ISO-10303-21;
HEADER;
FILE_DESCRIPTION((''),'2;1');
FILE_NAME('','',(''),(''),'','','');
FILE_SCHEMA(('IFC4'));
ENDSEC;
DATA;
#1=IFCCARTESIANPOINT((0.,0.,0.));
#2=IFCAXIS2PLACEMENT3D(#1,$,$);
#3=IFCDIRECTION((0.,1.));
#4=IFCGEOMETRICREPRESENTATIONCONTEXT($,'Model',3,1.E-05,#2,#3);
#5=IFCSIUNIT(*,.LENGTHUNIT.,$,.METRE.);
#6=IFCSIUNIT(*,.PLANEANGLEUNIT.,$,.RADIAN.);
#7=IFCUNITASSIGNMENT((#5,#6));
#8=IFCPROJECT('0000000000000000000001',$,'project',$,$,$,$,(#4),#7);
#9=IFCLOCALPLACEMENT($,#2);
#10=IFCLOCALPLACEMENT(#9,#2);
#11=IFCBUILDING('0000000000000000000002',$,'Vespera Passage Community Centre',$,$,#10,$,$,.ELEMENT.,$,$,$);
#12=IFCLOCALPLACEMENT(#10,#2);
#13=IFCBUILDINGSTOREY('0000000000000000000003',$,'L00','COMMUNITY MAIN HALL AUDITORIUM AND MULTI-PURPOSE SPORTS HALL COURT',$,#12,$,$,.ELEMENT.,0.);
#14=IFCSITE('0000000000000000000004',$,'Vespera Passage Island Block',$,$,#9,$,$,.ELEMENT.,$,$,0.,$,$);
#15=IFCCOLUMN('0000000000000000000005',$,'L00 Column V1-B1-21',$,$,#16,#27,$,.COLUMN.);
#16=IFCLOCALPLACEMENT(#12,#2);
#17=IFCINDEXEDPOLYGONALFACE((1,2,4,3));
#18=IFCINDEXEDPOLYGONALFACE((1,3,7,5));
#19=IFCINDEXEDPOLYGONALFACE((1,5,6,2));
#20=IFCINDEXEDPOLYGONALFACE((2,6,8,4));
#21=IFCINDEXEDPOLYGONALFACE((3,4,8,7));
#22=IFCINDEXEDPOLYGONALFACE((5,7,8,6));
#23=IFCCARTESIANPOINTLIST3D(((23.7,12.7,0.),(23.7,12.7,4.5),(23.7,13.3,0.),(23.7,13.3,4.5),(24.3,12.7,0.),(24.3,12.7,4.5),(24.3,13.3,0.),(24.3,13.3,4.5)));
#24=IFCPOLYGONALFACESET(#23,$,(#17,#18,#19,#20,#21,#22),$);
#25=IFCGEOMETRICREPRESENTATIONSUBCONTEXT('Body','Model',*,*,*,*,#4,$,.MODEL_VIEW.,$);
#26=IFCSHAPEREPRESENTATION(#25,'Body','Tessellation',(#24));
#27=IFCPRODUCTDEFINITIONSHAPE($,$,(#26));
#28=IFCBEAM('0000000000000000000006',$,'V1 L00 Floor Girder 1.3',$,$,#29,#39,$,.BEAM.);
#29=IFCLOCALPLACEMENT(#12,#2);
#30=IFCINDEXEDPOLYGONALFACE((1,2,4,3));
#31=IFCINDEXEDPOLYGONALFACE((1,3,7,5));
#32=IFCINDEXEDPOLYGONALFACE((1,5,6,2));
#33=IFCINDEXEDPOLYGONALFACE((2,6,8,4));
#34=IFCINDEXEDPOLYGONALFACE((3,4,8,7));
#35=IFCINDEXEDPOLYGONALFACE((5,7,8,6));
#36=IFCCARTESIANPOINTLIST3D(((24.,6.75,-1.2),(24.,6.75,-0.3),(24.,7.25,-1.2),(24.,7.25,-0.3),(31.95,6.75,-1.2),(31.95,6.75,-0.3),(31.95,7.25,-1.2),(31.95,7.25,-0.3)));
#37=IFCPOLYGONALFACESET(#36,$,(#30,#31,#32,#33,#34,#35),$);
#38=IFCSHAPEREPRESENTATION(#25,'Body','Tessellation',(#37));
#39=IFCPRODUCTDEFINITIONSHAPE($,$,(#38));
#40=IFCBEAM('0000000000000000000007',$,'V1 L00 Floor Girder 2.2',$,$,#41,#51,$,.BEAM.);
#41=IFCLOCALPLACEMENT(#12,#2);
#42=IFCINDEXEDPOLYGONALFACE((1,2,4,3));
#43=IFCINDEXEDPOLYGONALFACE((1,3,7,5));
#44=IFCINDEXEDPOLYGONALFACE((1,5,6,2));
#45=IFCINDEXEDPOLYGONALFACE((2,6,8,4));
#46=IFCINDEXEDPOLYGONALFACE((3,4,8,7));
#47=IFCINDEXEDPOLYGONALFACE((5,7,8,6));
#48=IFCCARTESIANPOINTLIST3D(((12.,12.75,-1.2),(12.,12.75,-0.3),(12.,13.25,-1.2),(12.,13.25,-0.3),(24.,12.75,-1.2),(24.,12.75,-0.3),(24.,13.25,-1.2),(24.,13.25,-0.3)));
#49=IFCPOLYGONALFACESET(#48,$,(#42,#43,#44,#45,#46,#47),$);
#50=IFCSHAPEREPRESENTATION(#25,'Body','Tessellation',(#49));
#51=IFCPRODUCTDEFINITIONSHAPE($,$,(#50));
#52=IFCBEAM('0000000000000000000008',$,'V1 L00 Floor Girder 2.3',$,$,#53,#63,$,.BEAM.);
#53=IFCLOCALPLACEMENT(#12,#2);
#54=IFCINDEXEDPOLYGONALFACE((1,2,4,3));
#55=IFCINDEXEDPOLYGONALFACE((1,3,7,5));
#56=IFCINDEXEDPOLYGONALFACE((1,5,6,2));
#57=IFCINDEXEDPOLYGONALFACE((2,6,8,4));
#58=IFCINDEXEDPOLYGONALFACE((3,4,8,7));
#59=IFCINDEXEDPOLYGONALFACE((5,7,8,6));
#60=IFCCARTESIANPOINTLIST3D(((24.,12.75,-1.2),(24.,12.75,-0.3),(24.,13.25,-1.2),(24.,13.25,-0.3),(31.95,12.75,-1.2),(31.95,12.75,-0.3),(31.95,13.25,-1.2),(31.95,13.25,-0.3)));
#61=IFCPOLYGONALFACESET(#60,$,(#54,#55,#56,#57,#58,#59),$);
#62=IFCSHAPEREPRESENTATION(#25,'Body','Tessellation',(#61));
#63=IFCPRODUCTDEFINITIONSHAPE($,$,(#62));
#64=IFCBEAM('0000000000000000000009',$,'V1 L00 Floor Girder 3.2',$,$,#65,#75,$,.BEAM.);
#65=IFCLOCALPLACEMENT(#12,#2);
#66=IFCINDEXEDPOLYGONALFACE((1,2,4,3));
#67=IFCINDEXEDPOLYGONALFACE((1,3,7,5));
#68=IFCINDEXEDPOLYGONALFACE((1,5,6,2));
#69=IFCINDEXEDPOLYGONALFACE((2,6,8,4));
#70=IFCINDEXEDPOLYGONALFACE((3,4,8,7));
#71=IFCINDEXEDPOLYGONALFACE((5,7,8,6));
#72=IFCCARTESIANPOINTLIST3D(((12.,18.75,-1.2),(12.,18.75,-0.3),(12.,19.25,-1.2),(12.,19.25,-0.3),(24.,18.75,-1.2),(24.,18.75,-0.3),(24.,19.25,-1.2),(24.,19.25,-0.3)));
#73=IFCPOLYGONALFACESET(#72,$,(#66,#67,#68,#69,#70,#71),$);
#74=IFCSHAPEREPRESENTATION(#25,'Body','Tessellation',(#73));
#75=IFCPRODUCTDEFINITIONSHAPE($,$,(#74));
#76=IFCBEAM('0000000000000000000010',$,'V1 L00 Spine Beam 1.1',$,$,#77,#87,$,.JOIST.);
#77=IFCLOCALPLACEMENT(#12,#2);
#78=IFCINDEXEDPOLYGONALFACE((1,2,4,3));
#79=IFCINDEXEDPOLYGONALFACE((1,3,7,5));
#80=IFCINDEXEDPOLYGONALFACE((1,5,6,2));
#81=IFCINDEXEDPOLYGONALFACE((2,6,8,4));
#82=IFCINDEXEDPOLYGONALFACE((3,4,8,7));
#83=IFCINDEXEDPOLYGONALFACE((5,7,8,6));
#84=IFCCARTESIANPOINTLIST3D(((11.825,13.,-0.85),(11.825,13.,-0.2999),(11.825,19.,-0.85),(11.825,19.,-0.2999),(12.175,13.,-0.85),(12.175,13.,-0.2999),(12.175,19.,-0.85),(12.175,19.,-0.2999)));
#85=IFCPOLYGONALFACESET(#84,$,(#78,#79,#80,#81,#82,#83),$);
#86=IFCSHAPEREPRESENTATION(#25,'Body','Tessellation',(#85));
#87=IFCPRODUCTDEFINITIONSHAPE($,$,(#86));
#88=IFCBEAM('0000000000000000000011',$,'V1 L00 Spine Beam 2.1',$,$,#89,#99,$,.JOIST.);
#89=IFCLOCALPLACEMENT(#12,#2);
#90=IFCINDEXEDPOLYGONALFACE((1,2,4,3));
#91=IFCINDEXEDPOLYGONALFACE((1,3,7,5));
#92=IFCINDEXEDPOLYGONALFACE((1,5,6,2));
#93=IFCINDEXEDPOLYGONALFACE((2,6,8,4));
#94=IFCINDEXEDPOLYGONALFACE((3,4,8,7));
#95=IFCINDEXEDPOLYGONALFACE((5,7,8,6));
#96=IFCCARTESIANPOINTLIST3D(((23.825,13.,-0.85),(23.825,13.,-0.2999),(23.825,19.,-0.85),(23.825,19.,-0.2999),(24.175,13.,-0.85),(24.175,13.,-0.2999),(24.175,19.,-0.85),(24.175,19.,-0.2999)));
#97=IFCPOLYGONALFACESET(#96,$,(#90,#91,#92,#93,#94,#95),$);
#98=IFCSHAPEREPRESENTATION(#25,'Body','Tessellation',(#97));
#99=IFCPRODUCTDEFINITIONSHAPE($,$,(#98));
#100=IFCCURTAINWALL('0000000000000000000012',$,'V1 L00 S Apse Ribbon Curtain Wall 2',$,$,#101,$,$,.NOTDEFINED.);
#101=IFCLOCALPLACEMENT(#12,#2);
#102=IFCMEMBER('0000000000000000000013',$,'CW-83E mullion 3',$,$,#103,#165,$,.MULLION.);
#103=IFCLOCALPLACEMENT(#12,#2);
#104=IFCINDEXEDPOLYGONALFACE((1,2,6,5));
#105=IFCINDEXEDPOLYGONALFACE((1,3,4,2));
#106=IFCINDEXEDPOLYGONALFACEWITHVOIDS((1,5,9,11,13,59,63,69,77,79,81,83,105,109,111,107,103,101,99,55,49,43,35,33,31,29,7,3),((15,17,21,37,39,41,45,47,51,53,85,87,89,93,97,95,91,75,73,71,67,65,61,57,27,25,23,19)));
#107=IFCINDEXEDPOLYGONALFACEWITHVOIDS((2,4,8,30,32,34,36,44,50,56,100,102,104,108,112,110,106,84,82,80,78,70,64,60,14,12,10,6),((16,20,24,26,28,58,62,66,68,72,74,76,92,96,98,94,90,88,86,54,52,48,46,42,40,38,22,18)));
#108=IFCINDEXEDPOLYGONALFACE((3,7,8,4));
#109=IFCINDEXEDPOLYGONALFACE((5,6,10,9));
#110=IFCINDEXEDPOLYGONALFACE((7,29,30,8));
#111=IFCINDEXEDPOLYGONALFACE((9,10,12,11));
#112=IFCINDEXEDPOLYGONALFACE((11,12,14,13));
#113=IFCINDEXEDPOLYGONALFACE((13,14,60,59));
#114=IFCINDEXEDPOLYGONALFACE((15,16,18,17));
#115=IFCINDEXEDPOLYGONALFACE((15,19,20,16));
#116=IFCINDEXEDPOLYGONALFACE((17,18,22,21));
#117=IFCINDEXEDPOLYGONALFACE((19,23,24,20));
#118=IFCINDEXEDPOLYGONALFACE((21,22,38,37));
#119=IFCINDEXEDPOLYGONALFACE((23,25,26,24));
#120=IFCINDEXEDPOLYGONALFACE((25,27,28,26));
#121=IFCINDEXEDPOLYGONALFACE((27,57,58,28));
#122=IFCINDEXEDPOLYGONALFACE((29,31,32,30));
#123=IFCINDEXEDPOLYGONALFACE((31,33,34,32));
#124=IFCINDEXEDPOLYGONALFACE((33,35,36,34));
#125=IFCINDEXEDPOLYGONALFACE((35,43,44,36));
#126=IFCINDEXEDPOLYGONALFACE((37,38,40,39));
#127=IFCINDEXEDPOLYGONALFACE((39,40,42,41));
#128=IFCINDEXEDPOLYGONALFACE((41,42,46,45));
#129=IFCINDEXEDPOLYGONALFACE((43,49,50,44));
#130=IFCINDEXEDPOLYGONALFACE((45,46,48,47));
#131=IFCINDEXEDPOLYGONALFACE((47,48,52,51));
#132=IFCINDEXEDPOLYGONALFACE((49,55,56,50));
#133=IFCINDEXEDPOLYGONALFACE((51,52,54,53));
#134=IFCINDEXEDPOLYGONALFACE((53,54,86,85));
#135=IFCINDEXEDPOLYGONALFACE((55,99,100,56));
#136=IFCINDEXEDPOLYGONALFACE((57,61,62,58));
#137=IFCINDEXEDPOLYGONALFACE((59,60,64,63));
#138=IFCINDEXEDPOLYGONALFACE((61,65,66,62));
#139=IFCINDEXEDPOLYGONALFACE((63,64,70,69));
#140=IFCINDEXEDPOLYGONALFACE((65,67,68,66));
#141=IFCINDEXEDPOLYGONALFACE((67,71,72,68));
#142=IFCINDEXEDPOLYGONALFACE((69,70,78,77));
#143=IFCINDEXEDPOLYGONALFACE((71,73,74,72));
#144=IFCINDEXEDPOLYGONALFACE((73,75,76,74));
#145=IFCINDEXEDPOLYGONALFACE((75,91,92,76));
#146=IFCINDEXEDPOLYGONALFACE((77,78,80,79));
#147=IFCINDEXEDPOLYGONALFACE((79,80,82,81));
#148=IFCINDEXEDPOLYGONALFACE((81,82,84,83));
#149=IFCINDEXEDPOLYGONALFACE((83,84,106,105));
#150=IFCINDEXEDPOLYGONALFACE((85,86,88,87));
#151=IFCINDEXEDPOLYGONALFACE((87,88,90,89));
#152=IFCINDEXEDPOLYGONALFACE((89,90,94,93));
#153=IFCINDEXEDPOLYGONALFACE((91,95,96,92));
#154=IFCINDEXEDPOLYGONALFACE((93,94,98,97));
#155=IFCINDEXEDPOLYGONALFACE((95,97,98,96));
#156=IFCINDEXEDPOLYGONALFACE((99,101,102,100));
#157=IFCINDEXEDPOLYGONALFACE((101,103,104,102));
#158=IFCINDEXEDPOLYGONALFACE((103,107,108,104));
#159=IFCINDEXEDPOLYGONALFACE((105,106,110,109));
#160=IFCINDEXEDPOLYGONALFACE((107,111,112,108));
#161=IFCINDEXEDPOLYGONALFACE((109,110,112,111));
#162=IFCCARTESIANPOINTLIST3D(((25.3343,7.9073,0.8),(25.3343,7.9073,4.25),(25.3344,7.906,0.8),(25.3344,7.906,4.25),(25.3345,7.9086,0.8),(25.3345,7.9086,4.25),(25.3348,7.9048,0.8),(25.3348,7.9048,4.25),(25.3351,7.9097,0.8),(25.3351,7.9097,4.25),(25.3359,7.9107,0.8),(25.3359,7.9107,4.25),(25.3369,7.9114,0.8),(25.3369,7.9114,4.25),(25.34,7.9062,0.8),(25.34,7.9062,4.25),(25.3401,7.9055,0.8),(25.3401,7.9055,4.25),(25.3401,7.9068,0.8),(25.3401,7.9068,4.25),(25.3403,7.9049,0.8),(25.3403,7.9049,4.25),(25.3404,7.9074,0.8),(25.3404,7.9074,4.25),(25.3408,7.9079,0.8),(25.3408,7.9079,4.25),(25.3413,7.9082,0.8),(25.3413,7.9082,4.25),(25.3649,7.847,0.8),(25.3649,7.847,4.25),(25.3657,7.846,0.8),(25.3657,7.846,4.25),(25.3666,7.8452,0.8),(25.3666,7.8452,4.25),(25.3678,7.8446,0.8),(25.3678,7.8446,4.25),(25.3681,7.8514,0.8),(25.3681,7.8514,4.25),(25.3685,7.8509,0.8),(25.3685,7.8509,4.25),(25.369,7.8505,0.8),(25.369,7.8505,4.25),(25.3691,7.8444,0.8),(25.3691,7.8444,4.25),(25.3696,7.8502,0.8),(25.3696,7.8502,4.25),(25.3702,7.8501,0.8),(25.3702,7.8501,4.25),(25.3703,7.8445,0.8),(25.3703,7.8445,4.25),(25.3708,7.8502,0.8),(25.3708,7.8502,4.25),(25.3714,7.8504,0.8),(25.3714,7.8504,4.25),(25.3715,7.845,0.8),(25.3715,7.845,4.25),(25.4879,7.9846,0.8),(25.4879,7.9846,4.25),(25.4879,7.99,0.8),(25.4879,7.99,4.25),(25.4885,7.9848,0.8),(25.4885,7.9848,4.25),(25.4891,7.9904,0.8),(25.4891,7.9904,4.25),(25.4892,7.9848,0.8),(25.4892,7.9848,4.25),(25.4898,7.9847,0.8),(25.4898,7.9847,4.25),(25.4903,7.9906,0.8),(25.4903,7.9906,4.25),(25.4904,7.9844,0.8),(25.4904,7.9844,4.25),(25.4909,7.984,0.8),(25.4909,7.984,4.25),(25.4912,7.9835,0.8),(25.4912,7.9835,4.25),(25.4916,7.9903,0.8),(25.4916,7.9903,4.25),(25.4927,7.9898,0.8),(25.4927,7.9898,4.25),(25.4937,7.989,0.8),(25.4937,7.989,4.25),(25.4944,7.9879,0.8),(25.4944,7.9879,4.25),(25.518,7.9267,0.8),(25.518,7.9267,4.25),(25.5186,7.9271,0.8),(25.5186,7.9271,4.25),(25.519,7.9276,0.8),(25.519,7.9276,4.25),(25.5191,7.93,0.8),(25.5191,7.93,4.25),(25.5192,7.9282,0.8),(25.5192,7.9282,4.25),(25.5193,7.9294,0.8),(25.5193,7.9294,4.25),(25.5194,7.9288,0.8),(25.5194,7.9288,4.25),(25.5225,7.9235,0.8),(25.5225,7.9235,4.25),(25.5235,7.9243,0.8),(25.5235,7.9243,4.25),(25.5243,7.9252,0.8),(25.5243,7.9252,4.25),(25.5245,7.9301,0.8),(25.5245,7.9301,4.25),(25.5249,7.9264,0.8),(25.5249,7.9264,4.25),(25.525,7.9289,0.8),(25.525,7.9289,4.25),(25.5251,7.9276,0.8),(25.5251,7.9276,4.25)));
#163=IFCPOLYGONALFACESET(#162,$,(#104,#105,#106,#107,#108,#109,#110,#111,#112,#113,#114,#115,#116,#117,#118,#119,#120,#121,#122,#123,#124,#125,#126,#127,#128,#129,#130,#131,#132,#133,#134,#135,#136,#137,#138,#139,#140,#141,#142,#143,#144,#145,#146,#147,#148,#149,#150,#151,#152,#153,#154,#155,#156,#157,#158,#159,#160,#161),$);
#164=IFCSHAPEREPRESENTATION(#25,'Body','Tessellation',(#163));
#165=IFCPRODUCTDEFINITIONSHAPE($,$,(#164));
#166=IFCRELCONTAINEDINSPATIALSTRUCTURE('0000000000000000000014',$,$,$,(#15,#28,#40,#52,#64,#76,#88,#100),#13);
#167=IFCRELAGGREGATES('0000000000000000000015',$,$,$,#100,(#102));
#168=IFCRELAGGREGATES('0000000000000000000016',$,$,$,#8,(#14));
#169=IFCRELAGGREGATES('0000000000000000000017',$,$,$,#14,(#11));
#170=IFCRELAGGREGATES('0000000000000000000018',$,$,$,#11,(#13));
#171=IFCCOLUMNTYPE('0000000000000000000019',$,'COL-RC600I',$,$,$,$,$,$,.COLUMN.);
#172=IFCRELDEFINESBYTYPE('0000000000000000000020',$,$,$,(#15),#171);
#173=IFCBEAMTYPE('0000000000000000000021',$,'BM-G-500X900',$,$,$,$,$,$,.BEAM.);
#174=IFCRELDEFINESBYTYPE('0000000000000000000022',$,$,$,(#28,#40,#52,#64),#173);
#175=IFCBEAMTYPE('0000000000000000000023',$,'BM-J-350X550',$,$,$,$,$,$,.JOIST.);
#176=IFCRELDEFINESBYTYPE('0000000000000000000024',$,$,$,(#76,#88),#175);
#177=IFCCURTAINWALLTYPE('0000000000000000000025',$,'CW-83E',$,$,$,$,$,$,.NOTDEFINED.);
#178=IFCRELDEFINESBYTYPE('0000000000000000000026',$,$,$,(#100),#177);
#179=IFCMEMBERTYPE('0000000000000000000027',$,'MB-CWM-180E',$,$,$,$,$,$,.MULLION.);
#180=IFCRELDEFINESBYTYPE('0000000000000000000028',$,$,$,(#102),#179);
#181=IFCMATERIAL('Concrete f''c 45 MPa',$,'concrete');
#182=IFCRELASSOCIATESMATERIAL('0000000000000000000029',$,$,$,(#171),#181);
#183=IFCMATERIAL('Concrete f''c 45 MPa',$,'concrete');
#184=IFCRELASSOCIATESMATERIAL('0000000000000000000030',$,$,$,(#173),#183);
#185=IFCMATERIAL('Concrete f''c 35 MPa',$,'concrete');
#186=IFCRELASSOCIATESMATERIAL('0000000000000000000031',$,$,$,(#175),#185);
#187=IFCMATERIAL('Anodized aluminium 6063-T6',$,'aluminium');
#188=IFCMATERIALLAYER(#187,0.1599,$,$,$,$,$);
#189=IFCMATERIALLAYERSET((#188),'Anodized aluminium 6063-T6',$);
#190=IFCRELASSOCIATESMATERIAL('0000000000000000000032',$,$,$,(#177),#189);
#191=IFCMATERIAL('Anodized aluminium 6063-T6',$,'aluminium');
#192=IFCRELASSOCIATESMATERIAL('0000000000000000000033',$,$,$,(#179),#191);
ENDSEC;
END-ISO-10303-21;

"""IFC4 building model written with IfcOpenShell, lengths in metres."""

from ifc_helpers import new_model, si_unit, direction, frame, origin, origin_2d, place, context, subcontext, project, spatial, rectangle, hollow_rectangle, extrude, material, layer, layer_set, material_profile, profile_set, type_object, element, aggregate, save


model = new_model("IFC4")

# Units and contexts
model_context = context("Model", 3, precision=1e-05, world=origin(), true_north=direction((0.0, 1.0)))
body_context = subcontext(model_context, "Body", "Model", "MODEL_VIEW")
ifc_project = project(units=[si_unit("LENGTHUNIT", "METRE"), si_unit("PLANEANGLEUNIT", "RADIAN")], contexts=[model_context])

# Site, building, storey
site_placement = place(None, origin())
site = spatial("IfcSite", under=ifc_project, at=site_placement, Name="Vespera Passage Island Block", CompositionType="ELEMENT", RefElevation=0.0)
building_placement = place(site_placement, origin())
building = spatial("IfcBuilding", under=site, at=building_placement, Name="Vespera Passage Community Centre", CompositionType="ELEMENT")
storey_placement = place(building_placement, origin())
storey = spatial("IfcBuildingStorey", under=building, at=storey_placement, Name="L00", Description="COMMUNITY MAIN HALL AUDITORIUM AND MULTI-PURPOSE SPORTS HALL COURT", CompositionType="ELEMENT", Elevation=0.0)

# Column
ifc_material_1 = material(Name="Concrete f'c 45 MPa", Category="concrete")
ifc_material_profile_1 = material_profile(ifc_material_1, rectangle(XDim=0.6001, YDim=0.6001, at=origin_2d()), Name="RC600X600")
ifc_profile_set_1 = profile_set([ifc_material_profile_1], Name="Concrete f'c 45 MPa")
column_type = type_object("IfcColumnType", Name="COL-RC600I", PredefinedType="COLUMN", material=ifc_profile_set_1)
column_placement = place(storey_placement, frame((24.0, 13.0, 0.0), z_axis=(0.0, 0.0, 1.0), x_axis=(1.0, 0.0, 0.0)))
element("IfcColumn", 1, at=column_placement, inside=storey, type_object=column_type, Name="L00 Column V1-B1-21", PredefinedType="COLUMN", context=body_context, shape_type="SweptSolid", body=[
    extrude(rectangle(XDim=0.6001, YDim=0.6001, at=origin_2d()), origin(), (0.0, 0.0, 1.0), 4.5),
])

# Beams
ifc_material_2 = material(Name="Concrete f'c 45 MPa", Category="concrete")
ifc_material_profile_2 = material_profile(ifc_material_2, rectangle(XDim=0.5, YDim=0.8999, at=origin_2d()), Name="RC500X900")
ifc_profile_set_2 = profile_set([ifc_material_profile_2], Name="Concrete f'c 45 MPa")
beam_type_1 = type_object("IfcBeamType", Name="BM-G-500X900", PredefinedType="BEAM", material=ifc_profile_set_2)
beam_1_placement = place(storey_placement, frame((24.0, 7.0, -0.75), z_axis=(1.0, 0.0, 0.0), x_axis=(0.0, 1.0, 0.0)))
element("IfcBeam", 2, at=beam_1_placement, inside=storey, type_object=beam_type_1, Name="V1 L00 Floor Girder 1.3", PredefinedType="BEAM", context=body_context, shape_type="SweptSolid", body=[
    extrude(rectangle(XDim=0.5, YDim=0.8999, at=origin_2d()), origin(), (0.0, 0.0, 1.0), 7.95),
])
beam_2_placement = place(storey_placement, frame((12.0, 13.0, -0.75), z_axis=(1.0, 0.0, 0.0), x_axis=(0.0, 1.0, 0.0)))
element("IfcBeam", 3, at=beam_2_placement, inside=storey, type_object=beam_type_1, Name="V1 L00 Floor Girder 2.2", PredefinedType="BEAM", context=body_context, shape_type="SweptSolid", body=[
    extrude(rectangle(XDim=0.5, YDim=0.8999, at=origin_2d()), origin(), (0.0, 0.0, 1.0), 12.0),
])
beam_3_placement = place(storey_placement, frame((24.0, 13.0, -0.75), z_axis=(1.0, 0.0, 0.0), x_axis=(0.0, 1.0, 0.0)))
element("IfcBeam", 4, at=beam_3_placement, inside=storey, type_object=beam_type_1, Name="V1 L00 Floor Girder 2.3", PredefinedType="BEAM", context=body_context, shape_type="SweptSolid", body=[
    extrude(rectangle(XDim=0.5, YDim=0.8999, at=origin_2d()), origin(), (0.0, 0.0, 1.0), 7.95),
])
beam_4_placement = place(storey_placement, frame((12.0, 19.0, -0.75), z_axis=(1.0, 0.0, 0.0), x_axis=(0.0, 1.0, 0.0)))
element("IfcBeam", 5, at=beam_4_placement, inside=storey, type_object=beam_type_1, Name="V1 L00 Floor Girder 3.2", PredefinedType="BEAM", context=body_context, shape_type="SweptSolid", body=[
    extrude(rectangle(XDim=0.5, YDim=0.8999, at=origin_2d()), origin(), (0.0, 0.0, 1.0), 12.0),
])
ifc_material_3 = material(Name="Concrete f'c 35 MPa", Category="concrete")
ifc_material_profile_3 = material_profile(ifc_material_3, rectangle(XDim=0.3501, YDim=0.55, at=origin_2d()), Name="RC350X550")
ifc_profile_set_3 = profile_set([ifc_material_profile_3], Name="Concrete f'c 35 MPa")
beam_type_2 = type_object("IfcBeamType", Name="BM-J-350X550", PredefinedType="JOIST", material=ifc_profile_set_3)
for number, where, z_axis, x_axis, name in (
    (6, (12.0, 13.0, -0.575), (0.0, 1.0, 0.0), (-1.0, 0.0, 0.0), "V1 L00 Spine Beam 1.1"),
    (7, (24.0, 13.0, -0.575), (0.0, 1.0, 0.0), (-1.0, 0.0, 0.0), "V1 L00 Spine Beam 2.1"),
):
    element("IfcBeam", number, at=place(storey_placement, frame(where, z_axis=z_axis, x_axis=x_axis)), inside=storey, type_object=beam_type_2, Name=name, PredefinedType="JOIST", context=body_context, shape_type="SweptSolid", body=[
        extrude(rectangle(XDim=0.3501, YDim=0.55, at=origin_2d()), origin(), (0.0, 0.0, 1.0), 6.0),
    ])

# Curtain wall, member
ifc_material_4 = material(Name="Anodized aluminium 6063-T6", Category="aluminium")
ifc_layer_1 = layer(ifc_material_4, 0.1599)
ifc_layer_set_1 = layer_set([ifc_layer_1], Name="Anodized aluminium 6063-T6")
curtain_wall_type = type_object("IfcCurtainWallType", Name="CW-83E", PredefinedType="NOTDEFINED", material=ifc_layer_set_1)
curtain_wall_placement = place(storey_placement, origin())
curtain_wall = element("IfcCurtainWall", 8, at=curtain_wall_placement, inside=storey, type_object=curtain_wall_type, Name="V1 L00 S Apse Ribbon Curtain Wall 2", PredefinedType="NOTDEFINED")
ifc_material_5 = material(Name="Anodized aluminium 6063-T6", Category="aluminium")
ifc_material_profile_4 = material_profile(ifc_material_5, hollow_rectangle(XDim=0.075, YDim=0.1799, WallThickness=0.0049, InnerFilletRadius=0.0024, OuterFilletRadius=0.0049, at=origin_2d()), Name="ALU180X75X5")
ifc_profile_set_4 = profile_set([ifc_material_profile_4], Name="Anodized aluminium 6063-T6")
member_type_1 = type_object("IfcMemberType", Name="MB-CWM-180E", PredefinedType="MULLION", material=ifc_profile_set_4)
member_1_placement = place(storey_placement, frame((25.4297, 7.9175, 0.8), z_axis=(0.0, 0.0, 1.0), x_axis=(0.461745, -0.887013, 0.0)))
member_1 = element("IfcMember", 9, at=member_1_placement, type_object=member_type_1, Name="CW-83E mullion 3", PredefinedType="MULLION", context=body_context, shape_type="SweptSolid", body=[
    extrude(hollow_rectangle(XDim=0.075, YDim=0.1799, WallThickness=0.0049, InnerFilletRadius=0.0024, OuterFilletRadius=0.0049, at=origin_2d()), origin(), (0.0, 0.0, 1.0), 3.45),
])
aggregate(curtain_wall, [member_1])

save(model, "model.ifc")
